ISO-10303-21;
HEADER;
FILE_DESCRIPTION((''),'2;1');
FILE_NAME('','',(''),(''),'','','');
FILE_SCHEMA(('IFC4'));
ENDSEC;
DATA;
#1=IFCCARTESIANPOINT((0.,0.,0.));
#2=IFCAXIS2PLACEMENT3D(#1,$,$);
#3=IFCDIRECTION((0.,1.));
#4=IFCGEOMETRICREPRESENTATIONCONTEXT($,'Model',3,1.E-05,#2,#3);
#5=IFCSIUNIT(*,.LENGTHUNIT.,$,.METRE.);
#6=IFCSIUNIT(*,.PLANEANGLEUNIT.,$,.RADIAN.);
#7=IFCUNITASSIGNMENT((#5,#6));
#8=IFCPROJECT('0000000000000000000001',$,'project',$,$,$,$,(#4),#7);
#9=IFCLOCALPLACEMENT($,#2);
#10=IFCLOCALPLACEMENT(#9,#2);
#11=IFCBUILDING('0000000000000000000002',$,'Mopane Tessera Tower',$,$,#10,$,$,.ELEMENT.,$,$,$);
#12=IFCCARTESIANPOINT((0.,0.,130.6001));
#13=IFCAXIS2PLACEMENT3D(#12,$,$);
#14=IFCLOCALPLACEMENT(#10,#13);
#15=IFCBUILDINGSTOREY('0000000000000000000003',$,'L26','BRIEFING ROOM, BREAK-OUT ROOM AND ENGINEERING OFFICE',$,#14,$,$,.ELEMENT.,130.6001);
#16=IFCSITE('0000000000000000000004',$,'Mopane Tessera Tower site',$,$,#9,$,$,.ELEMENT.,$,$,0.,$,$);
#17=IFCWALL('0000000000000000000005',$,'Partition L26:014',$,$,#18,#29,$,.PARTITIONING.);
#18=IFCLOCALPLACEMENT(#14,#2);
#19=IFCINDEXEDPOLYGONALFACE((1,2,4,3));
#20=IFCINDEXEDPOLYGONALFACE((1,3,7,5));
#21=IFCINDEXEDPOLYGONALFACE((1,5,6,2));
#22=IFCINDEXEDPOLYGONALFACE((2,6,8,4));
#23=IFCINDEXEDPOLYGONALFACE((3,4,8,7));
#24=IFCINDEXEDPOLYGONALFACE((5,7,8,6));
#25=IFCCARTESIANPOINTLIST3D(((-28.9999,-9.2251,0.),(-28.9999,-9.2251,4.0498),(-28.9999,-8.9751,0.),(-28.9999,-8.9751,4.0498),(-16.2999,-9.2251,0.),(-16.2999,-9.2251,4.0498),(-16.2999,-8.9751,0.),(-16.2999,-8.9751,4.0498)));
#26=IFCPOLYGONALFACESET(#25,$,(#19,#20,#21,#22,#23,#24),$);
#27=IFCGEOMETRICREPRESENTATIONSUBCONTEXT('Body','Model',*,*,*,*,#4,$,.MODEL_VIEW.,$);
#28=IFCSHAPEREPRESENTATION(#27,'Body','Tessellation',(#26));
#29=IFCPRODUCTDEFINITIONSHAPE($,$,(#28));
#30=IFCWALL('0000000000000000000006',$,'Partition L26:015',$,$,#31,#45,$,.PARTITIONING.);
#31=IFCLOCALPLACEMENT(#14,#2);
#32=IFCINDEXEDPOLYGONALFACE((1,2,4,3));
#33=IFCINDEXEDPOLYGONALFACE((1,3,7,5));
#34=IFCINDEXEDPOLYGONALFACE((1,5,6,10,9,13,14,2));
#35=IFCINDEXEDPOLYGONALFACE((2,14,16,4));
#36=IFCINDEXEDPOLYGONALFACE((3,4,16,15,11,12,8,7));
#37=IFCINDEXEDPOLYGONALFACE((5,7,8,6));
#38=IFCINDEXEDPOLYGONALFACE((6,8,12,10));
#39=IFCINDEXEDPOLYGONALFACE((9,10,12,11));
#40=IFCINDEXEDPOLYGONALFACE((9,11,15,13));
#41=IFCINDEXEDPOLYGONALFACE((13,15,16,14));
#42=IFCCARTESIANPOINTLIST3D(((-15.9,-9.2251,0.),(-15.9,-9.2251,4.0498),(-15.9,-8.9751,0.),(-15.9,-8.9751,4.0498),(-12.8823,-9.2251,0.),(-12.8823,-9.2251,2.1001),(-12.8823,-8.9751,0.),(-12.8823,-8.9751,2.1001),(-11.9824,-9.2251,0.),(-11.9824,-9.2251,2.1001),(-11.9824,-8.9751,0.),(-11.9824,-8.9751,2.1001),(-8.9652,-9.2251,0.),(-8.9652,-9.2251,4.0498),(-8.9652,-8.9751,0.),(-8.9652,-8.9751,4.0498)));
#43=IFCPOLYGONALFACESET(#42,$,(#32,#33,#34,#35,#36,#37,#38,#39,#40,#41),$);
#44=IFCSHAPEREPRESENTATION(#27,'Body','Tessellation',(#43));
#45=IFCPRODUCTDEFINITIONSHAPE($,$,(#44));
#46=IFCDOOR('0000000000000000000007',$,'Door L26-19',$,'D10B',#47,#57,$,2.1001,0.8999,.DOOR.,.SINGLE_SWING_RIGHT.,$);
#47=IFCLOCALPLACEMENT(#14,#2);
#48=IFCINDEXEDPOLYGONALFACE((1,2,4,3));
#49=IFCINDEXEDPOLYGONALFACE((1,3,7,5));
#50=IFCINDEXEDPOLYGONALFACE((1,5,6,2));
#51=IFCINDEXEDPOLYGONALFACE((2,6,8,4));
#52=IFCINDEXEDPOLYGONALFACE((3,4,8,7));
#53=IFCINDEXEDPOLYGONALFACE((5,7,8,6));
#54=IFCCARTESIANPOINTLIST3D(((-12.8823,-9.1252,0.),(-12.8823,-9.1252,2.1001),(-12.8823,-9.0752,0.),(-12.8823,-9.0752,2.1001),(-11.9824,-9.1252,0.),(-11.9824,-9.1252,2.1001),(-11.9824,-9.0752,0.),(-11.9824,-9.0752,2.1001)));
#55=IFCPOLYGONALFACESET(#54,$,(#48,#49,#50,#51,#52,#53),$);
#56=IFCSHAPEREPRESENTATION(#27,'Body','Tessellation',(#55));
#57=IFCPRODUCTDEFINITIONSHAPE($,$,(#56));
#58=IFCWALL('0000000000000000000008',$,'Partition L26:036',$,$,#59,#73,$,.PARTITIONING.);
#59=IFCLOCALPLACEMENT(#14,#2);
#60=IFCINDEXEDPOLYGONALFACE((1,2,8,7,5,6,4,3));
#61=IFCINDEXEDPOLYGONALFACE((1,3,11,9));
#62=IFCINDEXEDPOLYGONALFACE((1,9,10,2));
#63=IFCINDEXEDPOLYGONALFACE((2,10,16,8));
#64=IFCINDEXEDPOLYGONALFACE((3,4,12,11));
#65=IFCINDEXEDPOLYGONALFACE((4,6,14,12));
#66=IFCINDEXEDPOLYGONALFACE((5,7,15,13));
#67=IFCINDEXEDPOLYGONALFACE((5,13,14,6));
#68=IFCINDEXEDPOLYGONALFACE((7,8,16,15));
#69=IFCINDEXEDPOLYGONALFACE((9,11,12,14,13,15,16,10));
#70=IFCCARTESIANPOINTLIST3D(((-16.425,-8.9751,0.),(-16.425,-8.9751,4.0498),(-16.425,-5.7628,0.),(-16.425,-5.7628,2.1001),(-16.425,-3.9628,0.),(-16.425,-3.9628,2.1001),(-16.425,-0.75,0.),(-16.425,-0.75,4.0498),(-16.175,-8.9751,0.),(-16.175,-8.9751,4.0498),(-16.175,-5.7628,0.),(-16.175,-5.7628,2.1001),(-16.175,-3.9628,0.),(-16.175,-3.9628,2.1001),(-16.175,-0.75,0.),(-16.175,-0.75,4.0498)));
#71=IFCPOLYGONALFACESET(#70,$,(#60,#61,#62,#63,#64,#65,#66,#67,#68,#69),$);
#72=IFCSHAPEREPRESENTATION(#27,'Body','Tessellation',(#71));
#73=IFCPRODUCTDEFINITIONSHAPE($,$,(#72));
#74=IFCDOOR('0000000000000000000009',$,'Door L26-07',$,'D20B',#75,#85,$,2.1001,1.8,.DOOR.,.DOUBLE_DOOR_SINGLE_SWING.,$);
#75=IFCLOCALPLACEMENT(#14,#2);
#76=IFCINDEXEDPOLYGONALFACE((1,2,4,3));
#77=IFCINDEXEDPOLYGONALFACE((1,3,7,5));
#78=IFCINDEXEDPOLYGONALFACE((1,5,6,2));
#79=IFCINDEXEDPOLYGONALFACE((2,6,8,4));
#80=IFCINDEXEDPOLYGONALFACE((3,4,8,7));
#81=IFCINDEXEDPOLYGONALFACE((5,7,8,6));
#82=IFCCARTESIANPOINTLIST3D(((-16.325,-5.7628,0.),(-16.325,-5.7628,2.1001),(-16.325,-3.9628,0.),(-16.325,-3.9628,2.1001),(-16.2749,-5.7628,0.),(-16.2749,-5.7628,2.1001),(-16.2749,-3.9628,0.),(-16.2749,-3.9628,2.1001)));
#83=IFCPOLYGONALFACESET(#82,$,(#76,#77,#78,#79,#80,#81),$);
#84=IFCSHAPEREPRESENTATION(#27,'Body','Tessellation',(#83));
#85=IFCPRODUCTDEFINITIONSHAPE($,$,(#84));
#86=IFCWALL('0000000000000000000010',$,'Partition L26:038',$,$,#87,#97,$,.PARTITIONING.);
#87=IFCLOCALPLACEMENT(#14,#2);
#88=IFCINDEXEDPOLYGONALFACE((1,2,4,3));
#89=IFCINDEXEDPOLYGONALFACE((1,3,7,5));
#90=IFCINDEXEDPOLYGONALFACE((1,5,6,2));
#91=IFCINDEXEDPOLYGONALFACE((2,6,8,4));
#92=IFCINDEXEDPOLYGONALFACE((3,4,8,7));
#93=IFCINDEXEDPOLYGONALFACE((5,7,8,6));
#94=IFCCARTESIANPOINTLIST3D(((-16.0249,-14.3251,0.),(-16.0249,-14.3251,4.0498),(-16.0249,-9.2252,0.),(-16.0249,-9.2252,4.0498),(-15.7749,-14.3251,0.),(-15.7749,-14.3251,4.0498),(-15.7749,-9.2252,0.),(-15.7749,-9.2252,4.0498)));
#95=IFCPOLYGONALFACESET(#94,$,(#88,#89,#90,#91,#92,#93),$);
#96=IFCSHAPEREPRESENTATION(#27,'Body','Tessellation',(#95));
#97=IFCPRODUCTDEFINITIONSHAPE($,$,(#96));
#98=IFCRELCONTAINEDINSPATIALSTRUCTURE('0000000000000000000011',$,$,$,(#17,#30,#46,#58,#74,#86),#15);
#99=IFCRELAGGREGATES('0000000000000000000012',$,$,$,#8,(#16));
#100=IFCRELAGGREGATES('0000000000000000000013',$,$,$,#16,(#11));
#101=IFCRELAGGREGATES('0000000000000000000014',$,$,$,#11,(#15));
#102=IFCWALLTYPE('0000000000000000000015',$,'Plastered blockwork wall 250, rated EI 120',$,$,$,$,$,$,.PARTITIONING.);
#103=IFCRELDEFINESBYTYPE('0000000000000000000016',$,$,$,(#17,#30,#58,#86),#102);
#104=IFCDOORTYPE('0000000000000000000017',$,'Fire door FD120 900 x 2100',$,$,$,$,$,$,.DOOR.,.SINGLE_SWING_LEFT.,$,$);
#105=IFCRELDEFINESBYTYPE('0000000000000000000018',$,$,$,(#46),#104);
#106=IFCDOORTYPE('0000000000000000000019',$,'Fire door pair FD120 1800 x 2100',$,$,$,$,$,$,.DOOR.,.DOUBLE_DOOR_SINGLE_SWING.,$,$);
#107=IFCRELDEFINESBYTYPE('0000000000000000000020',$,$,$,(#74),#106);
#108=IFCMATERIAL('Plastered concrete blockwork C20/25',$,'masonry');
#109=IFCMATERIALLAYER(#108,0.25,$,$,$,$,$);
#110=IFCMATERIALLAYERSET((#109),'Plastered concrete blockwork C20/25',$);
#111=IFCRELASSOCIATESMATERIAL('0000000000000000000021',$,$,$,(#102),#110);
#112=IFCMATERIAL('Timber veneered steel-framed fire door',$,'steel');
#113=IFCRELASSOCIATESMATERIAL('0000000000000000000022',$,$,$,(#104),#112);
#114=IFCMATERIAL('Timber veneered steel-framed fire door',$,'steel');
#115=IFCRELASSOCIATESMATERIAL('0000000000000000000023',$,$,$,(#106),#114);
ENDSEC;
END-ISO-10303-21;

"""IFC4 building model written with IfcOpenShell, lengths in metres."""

from ifc_helpers import new_model, si_unit, direction, frame, frame_2d, origin, place, context, subcontext, project, spatial, rectangle, extrude, material, layer, layer_set, type_object, element, fill, save


model = new_model("IFC4")

# Units and contexts
model_context = context("Model", 3, precision=1e-05, world=origin(), true_north=direction((0.0, 1.0)))
body_context = subcontext(model_context, "Body", "Model", "MODEL_VIEW")
ifc_project = project(units=[si_unit("LENGTHUNIT", "METRE"), si_unit("PLANEANGLEUNIT", "RADIAN")], contexts=[model_context])

# Site, building, storey
site_placement = place(None, origin())
site = spatial("IfcSite", under=ifc_project, at=site_placement, Name="Mopane Tessera Tower site", CompositionType="ELEMENT", RefElevation=0.0)
building_placement = place(site_placement, origin())
building = spatial("IfcBuilding", under=site, at=building_placement, Name="Mopane Tessera Tower", CompositionType="ELEMENT")
storey_placement = place(building_placement, frame((0.0, 0.0, 130.6001)))
storey = spatial("IfcBuildingStorey", under=building, at=storey_placement, Name="L26", Description="BRIEFING ROOM, BREAK-OUT ROOM AND ENGINEERING OFFICE", CompositionType="ELEMENT", Elevation=130.6001)

# Wall
ifc_material_1 = material(Name="Plastered concrete blockwork C20/25", Category="masonry")
ifc_layer_1 = layer(ifc_material_1, 0.25)
ifc_layer_set_1 = layer_set([ifc_layer_1], Name="Plastered concrete blockwork C20/25")
wall_type_1 = type_object("IfcWallType", Name="Plastered blockwork wall 250, rated EI 120", PredefinedType="PARTITIONING", material=ifc_layer_set_1)
wall_1_placement = place(storey_placement, frame((-29.0, -9.1001, 0.0), z_axis=(0.0, 0.0, 1.0), x_axis=(1.0, 0.0, 0.0)))
element("IfcWall", 1, at=wall_1_placement, inside=storey, type_object=wall_type_1, Name="Partition L26:014", PredefinedType="PARTITIONING", context=body_context, shape_type="SweptSolid", body=[
    extrude(rectangle(XDim=12.7, YDim=0.25, at=frame_2d((6.3501, 0.0))), origin(), (0.0, 0.0, 1.0), 4.0498),
])

# Walls, openings, doors
wall_2_placement = place(storey_placement, frame((-15.8999, -9.1001, 0.0), z_axis=(0.0, 0.0, 1.0), x_axis=(1.0, 0.0, 0.0)))
wall_2 = element("IfcWall", 2, at=wall_2_placement, inside=storey, type_object=wall_type_1, Name="Partition L26:015", PredefinedType="PARTITIONING", context=body_context, shape_type="SweptSolid", body=[
    extrude(rectangle(XDim=6.9348, YDim=0.25, at=frame_2d((3.4673, 0.0))), origin(), (0.0, 0.0, 1.0), 4.0498),
])
opening_1_placement = place(wall_2_placement, frame((3.0176, 0.0, 0.0)))
opening_1 = element("IfcOpeningElement", 3, at=opening_1_placement, cuts=wall_2, PredefinedType="OPENING", context=body_context, shape_type="SweptSolid", body=[
    extrude(rectangle(XDim=0.8999, YDim=2.1001, at=frame_2d((0.45, 1.05))), frame((0.0, 0.137, 0.0), z_axis=(0.0, -1.0, 0.0), x_axis=(1.0, 0.0, 0.0)), (0.0, 0.0, 1.0), 0.2739),
])
ifc_material_2 = material(Name="Timber veneered steel-framed fire door", Category="steel")
door_type_1 = type_object("IfcDoorType", Name="Fire door FD120 900 x 2100", OperationType="SINGLE_SWING_LEFT", PredefinedType="DOOR", material=ifc_material_2)
door_1_placement = place(opening_1_placement, origin())
door_1 = element("IfcDoor", 4, at=door_1_placement, inside=storey, type_object=door_type_1, Name="Door L26-19", ObjectType="D10B", OperationType="SINGLE_SWING_RIGHT", OverallHeight=2.1001, OverallWidth=0.8999, PredefinedType="DOOR", context=body_context, shape_type="SweptSolid", body=[
    extrude(rectangle(XDim=0.8999, YDim=2.1001, at=frame_2d((0.45, 1.05))), frame((0.0, 0.0249, 0.0), z_axis=(0.0, -1.0, 0.0), x_axis=(1.0, 0.0, 0.0)), (0.0, 0.0, 1.0), 0.05),
])
fill(opening_1, door_1)
wall_3_placement = place(storey_placement, frame((-16.3, -8.9751, 0.0), z_axis=(0.0, 0.0, 1.0), x_axis=(0.0, 1.0, 0.0)))
wall_3 = element("IfcWall", 5, at=wall_3_placement, inside=storey, type_object=wall_type_1, Name="Partition L26:036", PredefinedType="PARTITIONING", context=body_context, shape_type="SweptSolid", body=[
    extrude(rectangle(XDim=8.2251, YDim=0.25, at=frame_2d((4.1125, 0.0))), origin(), (0.0, 0.0, 1.0), 4.0498),
])
opening_2_placement = place(wall_3_placement, frame((3.2124, 0.0, 0.0)))
opening_2 = element("IfcOpeningElement", 6, at=opening_2_placement, cuts=wall_3, PredefinedType="OPENING", context=body_context, shape_type="SweptSolid", body=[
    extrude(rectangle(XDim=1.8, YDim=2.1001, at=frame_2d((0.8999, 1.05))), frame((0.0, 0.137, 0.0), z_axis=(0.0, -1.0, 0.0), x_axis=(1.0, 0.0, 0.0)), (0.0, 0.0, 1.0), 0.2739),
])
ifc_material_3 = material(Name="Timber veneered steel-framed fire door", Category="steel")
door_type_2 = type_object("IfcDoorType", Name="Fire door pair FD120 1800 x 2100", OperationType="DOUBLE_DOOR_SINGLE_SWING", PredefinedType="DOOR", material=ifc_material_3)
door_2_placement = place(opening_2_placement, origin())
door_2 = element("IfcDoor", 7, at=door_2_placement, inside=storey, type_object=door_type_2, Name="Door L26-07", ObjectType="D20B", OperationType="DOUBLE_DOOR_SINGLE_SWING", OverallHeight=2.1001, OverallWidth=1.8, PredefinedType="DOOR", context=body_context, shape_type="SweptSolid", body=[
    extrude(rectangle(XDim=1.8, YDim=2.1001, at=frame_2d((0.8999, 1.05))), frame((0.0, 0.0249, 0.0), z_axis=(0.0, -1.0, 0.0), x_axis=(1.0, 0.0, 0.0)), (0.0, 0.0, 1.0), 0.05),
])
fill(opening_2, door_2)

# Wall
wall_4_placement = place(storey_placement, frame((-15.8999, -14.325, 0.0), z_axis=(0.0, 0.0, 1.0), x_axis=(0.0, 1.0, 0.0)))
element("IfcWall", 8, at=wall_4_placement, inside=storey, type_object=wall_type_1, Name="Partition L26:038", PredefinedType="PARTITIONING", context=body_context, shape_type="SweptSolid", body=[
    extrude(rectangle(XDim=5.0999, YDim=0.25, at=frame_2d((2.5498, 0.0))), origin(), (0.0, 0.0, 1.0), 4.0498),
])

save(model, "model.ifc")
